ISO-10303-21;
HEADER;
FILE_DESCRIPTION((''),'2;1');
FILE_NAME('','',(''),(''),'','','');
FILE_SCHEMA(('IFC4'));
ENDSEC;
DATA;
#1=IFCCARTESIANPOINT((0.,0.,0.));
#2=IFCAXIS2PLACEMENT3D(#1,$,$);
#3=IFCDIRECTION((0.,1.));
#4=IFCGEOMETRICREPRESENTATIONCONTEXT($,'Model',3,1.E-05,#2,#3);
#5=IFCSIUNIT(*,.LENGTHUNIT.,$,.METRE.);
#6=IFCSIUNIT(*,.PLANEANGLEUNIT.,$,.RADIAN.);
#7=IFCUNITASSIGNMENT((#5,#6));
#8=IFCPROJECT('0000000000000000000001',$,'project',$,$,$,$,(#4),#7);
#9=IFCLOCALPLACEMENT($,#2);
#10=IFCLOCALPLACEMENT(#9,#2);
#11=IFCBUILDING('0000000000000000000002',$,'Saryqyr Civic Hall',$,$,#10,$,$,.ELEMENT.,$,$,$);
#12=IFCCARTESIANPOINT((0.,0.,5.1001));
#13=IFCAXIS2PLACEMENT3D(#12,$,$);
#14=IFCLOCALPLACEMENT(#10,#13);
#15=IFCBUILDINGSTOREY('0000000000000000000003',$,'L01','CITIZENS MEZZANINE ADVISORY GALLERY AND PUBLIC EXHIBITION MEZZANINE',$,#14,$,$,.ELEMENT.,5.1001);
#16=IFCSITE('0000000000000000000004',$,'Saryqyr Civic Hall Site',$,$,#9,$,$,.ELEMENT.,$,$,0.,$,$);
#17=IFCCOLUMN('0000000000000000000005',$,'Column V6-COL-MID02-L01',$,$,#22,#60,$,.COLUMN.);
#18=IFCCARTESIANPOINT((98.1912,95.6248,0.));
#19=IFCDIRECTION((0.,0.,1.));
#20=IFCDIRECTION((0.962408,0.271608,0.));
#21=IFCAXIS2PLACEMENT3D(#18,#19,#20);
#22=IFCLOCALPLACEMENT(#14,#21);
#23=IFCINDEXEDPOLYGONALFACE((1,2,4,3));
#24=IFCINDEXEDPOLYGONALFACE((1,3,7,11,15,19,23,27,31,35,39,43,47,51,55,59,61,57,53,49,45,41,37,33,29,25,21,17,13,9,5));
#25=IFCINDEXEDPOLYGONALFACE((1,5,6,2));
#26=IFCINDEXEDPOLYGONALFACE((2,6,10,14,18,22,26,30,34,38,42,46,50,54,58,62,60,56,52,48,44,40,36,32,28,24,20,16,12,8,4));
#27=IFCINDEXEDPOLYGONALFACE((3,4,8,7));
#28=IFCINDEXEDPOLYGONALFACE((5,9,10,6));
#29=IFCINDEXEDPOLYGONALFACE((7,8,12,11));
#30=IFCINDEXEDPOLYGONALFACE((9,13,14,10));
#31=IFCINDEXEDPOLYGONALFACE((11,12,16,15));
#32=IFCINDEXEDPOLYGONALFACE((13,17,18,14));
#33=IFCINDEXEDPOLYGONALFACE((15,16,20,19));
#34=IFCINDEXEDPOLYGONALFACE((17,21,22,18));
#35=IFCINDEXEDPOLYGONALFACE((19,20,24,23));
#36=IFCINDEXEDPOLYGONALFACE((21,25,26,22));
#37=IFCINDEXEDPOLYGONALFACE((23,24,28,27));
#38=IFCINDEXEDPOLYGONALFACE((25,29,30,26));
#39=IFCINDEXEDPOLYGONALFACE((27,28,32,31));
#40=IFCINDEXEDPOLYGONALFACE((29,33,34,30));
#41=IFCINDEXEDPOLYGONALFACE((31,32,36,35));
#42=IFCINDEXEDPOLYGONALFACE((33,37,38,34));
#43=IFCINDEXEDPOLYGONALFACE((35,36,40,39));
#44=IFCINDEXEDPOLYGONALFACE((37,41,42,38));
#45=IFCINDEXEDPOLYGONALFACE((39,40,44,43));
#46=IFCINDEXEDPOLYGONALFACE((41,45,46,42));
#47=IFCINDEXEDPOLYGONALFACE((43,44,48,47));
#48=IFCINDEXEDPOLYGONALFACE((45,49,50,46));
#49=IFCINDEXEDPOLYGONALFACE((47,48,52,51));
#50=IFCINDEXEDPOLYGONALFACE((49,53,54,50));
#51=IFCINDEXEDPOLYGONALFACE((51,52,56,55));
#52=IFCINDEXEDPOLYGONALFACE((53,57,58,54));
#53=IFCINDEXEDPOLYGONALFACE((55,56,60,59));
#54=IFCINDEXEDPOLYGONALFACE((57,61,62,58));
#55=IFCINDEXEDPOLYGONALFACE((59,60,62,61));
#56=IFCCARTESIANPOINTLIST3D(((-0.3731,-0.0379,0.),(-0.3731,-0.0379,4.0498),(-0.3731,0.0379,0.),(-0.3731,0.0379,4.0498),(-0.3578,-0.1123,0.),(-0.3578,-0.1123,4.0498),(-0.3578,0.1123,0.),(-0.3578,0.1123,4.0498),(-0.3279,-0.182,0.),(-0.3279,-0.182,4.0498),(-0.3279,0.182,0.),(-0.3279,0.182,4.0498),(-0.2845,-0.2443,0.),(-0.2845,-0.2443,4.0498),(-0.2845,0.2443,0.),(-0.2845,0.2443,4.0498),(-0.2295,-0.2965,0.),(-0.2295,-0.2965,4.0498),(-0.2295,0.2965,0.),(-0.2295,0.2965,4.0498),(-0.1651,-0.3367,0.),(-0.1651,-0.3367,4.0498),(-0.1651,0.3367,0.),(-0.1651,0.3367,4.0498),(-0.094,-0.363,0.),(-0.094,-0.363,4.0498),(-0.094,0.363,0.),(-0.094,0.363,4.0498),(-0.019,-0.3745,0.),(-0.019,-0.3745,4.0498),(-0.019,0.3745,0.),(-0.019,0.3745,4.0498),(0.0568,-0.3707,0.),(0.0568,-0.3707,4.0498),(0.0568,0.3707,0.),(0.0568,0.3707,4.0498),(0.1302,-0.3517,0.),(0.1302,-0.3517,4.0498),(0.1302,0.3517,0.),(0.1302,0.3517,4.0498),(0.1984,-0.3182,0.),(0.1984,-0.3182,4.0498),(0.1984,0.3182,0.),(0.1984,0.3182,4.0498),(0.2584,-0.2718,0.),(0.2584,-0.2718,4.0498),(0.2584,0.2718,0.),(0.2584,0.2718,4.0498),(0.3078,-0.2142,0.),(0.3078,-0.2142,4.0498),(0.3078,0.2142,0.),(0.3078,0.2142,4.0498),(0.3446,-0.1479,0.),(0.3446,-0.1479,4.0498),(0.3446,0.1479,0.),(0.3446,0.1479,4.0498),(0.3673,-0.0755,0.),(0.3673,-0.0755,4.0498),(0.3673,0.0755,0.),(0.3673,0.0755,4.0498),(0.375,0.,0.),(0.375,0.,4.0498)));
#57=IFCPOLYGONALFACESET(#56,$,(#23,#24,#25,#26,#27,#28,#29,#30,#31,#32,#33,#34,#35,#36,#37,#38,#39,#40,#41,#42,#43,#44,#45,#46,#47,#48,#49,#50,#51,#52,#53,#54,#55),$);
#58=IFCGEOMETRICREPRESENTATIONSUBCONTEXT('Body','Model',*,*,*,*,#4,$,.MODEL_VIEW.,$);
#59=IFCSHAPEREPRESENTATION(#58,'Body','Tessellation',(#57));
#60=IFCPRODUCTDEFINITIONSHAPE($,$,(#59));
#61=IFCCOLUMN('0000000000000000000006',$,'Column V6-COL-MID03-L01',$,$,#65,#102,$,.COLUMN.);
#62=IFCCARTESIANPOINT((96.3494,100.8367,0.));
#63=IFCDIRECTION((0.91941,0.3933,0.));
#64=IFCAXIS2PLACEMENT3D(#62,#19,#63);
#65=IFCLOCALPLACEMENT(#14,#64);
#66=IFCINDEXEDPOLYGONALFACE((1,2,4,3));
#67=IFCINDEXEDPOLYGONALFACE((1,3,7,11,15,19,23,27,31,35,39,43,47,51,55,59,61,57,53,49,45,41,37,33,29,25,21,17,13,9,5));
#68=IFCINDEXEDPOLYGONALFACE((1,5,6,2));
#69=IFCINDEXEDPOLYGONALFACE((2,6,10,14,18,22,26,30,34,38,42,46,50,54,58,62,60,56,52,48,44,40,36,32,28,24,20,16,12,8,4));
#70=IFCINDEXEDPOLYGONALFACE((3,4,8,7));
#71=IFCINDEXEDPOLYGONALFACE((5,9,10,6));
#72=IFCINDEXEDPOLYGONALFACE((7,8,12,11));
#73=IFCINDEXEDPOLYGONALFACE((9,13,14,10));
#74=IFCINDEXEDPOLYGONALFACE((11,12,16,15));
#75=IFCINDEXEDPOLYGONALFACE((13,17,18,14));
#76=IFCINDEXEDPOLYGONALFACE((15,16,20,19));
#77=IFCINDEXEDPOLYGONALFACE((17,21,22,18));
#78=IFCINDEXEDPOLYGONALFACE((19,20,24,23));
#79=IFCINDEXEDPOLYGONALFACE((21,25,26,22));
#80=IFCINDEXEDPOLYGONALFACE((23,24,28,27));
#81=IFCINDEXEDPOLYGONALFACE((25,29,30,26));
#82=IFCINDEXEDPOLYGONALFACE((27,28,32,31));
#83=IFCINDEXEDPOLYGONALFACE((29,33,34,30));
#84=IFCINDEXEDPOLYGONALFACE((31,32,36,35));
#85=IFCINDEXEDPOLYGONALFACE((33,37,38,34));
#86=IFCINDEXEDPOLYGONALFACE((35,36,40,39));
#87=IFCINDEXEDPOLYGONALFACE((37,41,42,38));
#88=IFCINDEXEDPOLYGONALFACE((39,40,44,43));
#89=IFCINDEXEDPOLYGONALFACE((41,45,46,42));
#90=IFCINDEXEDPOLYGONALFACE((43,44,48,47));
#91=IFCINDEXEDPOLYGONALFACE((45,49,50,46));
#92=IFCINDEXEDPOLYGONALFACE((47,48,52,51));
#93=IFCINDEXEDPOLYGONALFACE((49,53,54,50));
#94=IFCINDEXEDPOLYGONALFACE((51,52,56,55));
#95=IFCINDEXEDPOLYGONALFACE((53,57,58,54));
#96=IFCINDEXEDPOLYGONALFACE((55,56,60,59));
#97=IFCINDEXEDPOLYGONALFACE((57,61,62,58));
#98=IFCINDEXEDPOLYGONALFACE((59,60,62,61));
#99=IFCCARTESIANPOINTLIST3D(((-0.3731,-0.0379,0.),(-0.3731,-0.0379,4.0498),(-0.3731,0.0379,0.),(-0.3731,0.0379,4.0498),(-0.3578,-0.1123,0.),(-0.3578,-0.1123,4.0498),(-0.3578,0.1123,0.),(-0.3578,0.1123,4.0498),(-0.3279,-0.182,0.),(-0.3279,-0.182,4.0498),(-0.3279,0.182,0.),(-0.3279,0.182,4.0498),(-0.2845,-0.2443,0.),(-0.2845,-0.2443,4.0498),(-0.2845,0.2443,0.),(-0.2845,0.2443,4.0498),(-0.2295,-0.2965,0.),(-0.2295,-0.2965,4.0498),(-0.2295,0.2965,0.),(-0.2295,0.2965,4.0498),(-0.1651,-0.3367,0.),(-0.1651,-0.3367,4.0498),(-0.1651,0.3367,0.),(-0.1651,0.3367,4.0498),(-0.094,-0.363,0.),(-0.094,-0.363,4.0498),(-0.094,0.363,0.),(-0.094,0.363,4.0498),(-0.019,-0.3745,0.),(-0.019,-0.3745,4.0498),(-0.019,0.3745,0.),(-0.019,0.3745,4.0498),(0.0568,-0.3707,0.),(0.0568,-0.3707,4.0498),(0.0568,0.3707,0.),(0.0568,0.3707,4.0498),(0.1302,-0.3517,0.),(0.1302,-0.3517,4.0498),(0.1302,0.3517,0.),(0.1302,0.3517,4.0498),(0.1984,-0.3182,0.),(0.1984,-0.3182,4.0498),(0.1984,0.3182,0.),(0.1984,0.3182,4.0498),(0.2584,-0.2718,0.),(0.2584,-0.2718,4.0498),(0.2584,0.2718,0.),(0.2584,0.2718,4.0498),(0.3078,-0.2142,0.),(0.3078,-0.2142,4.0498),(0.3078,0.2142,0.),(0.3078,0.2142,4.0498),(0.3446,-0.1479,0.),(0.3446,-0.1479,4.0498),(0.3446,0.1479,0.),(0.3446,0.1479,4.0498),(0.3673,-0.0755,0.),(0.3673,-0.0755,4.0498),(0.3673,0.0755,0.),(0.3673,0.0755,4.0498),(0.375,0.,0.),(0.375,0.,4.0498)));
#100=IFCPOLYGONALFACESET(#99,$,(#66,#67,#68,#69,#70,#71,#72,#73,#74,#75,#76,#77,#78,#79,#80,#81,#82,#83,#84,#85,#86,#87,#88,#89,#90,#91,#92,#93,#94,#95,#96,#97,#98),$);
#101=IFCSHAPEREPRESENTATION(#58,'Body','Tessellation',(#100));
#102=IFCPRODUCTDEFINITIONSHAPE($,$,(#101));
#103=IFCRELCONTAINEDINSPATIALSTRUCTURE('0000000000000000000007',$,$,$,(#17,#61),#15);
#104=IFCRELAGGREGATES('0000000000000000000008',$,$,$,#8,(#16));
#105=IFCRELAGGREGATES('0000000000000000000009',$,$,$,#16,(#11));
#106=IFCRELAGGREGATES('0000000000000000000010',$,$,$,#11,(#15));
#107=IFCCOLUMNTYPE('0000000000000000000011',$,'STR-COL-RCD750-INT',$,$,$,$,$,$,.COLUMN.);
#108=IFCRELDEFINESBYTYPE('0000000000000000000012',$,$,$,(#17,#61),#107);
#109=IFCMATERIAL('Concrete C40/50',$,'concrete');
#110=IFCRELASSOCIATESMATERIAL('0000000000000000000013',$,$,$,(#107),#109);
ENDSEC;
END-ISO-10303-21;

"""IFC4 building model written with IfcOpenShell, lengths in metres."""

from ifc_helpers import new_model, si_unit, direction, frame, origin, origin_2d, place, context, subcontext, project, spatial, circle, extrude, material, material_profile, profile_set, type_object, element, save


model = new_model("IFC4")

# Units and contexts
model_context = context("Model", 3, precision=1e-05, world=origin(), true_north=direction((0.0, 1.0)))
body_context = subcontext(model_context, "Body", "Model", "MODEL_VIEW")
ifc_project = project(units=[si_unit("LENGTHUNIT", "METRE"), si_unit("PLANEANGLEUNIT", "RADIAN")], contexts=[model_context])

# Site, building, storey
site_placement = place(None, origin())
site = spatial("IfcSite", under=ifc_project, at=site_placement, Name="Saryqyr Civic Hall Site", CompositionType="ELEMENT", RefElevation=0.0)
building_placement = place(site_placement, origin())
building = spatial("IfcBuilding", under=site, at=building_placement, Name="Saryqyr Civic Hall", CompositionType="ELEMENT")
storey_placement = place(building_placement, frame((0.0, 0.0, 5.1001)))
storey = spatial("IfcBuildingStorey", under=building, at=storey_placement, Name="L01", Description="CITIZENS MEZZANINE ADVISORY GALLERY AND PUBLIC EXHIBITION MEZZANINE", CompositionType="ELEMENT", Elevation=5.1001)

# Columns
ifc_material_1 = material(Name="Concrete C40/50", Category="concrete")
ifc_material_profile_1 = material_profile(ifc_material_1, circle(Radius=0.375, at=origin_2d()), Name="RC D750")
ifc_profile_set_1 = profile_set([ifc_material_profile_1], Name="Concrete C40/50")
column_type_1 = type_object("IfcColumnType", Name="STR-COL-RCD750-INT", PredefinedType="COLUMN", material=ifc_profile_set_1)
for number, where, z_axis, x_axis, name in (
    (1, (98.1912, 95.6248, 0.0), (0.0, 0.0, 1.0), (0.962408, 0.271608, 0.0), "Column V6-COL-MID02-L01"),
    (2, (96.3494, 100.8367, 0.0), (0.0, 0.0, 1.0), (0.91941, 0.3933, 0.0), "Column V6-COL-MID03-L01"),
):
    element("IfcColumn", number, at=place(storey_placement, frame(where, z_axis=z_axis, x_axis=x_axis)), inside=storey, type_object=column_type_1, Name=name, PredefinedType="COLUMN", context=body_context, shape_type="SweptSolid", body=[
        extrude(circle(Radius=0.375, at=origin_2d()), origin(), (0.0, 0.0, 1.0), 4.0498),
    ])

save(model, "model.ifc")
